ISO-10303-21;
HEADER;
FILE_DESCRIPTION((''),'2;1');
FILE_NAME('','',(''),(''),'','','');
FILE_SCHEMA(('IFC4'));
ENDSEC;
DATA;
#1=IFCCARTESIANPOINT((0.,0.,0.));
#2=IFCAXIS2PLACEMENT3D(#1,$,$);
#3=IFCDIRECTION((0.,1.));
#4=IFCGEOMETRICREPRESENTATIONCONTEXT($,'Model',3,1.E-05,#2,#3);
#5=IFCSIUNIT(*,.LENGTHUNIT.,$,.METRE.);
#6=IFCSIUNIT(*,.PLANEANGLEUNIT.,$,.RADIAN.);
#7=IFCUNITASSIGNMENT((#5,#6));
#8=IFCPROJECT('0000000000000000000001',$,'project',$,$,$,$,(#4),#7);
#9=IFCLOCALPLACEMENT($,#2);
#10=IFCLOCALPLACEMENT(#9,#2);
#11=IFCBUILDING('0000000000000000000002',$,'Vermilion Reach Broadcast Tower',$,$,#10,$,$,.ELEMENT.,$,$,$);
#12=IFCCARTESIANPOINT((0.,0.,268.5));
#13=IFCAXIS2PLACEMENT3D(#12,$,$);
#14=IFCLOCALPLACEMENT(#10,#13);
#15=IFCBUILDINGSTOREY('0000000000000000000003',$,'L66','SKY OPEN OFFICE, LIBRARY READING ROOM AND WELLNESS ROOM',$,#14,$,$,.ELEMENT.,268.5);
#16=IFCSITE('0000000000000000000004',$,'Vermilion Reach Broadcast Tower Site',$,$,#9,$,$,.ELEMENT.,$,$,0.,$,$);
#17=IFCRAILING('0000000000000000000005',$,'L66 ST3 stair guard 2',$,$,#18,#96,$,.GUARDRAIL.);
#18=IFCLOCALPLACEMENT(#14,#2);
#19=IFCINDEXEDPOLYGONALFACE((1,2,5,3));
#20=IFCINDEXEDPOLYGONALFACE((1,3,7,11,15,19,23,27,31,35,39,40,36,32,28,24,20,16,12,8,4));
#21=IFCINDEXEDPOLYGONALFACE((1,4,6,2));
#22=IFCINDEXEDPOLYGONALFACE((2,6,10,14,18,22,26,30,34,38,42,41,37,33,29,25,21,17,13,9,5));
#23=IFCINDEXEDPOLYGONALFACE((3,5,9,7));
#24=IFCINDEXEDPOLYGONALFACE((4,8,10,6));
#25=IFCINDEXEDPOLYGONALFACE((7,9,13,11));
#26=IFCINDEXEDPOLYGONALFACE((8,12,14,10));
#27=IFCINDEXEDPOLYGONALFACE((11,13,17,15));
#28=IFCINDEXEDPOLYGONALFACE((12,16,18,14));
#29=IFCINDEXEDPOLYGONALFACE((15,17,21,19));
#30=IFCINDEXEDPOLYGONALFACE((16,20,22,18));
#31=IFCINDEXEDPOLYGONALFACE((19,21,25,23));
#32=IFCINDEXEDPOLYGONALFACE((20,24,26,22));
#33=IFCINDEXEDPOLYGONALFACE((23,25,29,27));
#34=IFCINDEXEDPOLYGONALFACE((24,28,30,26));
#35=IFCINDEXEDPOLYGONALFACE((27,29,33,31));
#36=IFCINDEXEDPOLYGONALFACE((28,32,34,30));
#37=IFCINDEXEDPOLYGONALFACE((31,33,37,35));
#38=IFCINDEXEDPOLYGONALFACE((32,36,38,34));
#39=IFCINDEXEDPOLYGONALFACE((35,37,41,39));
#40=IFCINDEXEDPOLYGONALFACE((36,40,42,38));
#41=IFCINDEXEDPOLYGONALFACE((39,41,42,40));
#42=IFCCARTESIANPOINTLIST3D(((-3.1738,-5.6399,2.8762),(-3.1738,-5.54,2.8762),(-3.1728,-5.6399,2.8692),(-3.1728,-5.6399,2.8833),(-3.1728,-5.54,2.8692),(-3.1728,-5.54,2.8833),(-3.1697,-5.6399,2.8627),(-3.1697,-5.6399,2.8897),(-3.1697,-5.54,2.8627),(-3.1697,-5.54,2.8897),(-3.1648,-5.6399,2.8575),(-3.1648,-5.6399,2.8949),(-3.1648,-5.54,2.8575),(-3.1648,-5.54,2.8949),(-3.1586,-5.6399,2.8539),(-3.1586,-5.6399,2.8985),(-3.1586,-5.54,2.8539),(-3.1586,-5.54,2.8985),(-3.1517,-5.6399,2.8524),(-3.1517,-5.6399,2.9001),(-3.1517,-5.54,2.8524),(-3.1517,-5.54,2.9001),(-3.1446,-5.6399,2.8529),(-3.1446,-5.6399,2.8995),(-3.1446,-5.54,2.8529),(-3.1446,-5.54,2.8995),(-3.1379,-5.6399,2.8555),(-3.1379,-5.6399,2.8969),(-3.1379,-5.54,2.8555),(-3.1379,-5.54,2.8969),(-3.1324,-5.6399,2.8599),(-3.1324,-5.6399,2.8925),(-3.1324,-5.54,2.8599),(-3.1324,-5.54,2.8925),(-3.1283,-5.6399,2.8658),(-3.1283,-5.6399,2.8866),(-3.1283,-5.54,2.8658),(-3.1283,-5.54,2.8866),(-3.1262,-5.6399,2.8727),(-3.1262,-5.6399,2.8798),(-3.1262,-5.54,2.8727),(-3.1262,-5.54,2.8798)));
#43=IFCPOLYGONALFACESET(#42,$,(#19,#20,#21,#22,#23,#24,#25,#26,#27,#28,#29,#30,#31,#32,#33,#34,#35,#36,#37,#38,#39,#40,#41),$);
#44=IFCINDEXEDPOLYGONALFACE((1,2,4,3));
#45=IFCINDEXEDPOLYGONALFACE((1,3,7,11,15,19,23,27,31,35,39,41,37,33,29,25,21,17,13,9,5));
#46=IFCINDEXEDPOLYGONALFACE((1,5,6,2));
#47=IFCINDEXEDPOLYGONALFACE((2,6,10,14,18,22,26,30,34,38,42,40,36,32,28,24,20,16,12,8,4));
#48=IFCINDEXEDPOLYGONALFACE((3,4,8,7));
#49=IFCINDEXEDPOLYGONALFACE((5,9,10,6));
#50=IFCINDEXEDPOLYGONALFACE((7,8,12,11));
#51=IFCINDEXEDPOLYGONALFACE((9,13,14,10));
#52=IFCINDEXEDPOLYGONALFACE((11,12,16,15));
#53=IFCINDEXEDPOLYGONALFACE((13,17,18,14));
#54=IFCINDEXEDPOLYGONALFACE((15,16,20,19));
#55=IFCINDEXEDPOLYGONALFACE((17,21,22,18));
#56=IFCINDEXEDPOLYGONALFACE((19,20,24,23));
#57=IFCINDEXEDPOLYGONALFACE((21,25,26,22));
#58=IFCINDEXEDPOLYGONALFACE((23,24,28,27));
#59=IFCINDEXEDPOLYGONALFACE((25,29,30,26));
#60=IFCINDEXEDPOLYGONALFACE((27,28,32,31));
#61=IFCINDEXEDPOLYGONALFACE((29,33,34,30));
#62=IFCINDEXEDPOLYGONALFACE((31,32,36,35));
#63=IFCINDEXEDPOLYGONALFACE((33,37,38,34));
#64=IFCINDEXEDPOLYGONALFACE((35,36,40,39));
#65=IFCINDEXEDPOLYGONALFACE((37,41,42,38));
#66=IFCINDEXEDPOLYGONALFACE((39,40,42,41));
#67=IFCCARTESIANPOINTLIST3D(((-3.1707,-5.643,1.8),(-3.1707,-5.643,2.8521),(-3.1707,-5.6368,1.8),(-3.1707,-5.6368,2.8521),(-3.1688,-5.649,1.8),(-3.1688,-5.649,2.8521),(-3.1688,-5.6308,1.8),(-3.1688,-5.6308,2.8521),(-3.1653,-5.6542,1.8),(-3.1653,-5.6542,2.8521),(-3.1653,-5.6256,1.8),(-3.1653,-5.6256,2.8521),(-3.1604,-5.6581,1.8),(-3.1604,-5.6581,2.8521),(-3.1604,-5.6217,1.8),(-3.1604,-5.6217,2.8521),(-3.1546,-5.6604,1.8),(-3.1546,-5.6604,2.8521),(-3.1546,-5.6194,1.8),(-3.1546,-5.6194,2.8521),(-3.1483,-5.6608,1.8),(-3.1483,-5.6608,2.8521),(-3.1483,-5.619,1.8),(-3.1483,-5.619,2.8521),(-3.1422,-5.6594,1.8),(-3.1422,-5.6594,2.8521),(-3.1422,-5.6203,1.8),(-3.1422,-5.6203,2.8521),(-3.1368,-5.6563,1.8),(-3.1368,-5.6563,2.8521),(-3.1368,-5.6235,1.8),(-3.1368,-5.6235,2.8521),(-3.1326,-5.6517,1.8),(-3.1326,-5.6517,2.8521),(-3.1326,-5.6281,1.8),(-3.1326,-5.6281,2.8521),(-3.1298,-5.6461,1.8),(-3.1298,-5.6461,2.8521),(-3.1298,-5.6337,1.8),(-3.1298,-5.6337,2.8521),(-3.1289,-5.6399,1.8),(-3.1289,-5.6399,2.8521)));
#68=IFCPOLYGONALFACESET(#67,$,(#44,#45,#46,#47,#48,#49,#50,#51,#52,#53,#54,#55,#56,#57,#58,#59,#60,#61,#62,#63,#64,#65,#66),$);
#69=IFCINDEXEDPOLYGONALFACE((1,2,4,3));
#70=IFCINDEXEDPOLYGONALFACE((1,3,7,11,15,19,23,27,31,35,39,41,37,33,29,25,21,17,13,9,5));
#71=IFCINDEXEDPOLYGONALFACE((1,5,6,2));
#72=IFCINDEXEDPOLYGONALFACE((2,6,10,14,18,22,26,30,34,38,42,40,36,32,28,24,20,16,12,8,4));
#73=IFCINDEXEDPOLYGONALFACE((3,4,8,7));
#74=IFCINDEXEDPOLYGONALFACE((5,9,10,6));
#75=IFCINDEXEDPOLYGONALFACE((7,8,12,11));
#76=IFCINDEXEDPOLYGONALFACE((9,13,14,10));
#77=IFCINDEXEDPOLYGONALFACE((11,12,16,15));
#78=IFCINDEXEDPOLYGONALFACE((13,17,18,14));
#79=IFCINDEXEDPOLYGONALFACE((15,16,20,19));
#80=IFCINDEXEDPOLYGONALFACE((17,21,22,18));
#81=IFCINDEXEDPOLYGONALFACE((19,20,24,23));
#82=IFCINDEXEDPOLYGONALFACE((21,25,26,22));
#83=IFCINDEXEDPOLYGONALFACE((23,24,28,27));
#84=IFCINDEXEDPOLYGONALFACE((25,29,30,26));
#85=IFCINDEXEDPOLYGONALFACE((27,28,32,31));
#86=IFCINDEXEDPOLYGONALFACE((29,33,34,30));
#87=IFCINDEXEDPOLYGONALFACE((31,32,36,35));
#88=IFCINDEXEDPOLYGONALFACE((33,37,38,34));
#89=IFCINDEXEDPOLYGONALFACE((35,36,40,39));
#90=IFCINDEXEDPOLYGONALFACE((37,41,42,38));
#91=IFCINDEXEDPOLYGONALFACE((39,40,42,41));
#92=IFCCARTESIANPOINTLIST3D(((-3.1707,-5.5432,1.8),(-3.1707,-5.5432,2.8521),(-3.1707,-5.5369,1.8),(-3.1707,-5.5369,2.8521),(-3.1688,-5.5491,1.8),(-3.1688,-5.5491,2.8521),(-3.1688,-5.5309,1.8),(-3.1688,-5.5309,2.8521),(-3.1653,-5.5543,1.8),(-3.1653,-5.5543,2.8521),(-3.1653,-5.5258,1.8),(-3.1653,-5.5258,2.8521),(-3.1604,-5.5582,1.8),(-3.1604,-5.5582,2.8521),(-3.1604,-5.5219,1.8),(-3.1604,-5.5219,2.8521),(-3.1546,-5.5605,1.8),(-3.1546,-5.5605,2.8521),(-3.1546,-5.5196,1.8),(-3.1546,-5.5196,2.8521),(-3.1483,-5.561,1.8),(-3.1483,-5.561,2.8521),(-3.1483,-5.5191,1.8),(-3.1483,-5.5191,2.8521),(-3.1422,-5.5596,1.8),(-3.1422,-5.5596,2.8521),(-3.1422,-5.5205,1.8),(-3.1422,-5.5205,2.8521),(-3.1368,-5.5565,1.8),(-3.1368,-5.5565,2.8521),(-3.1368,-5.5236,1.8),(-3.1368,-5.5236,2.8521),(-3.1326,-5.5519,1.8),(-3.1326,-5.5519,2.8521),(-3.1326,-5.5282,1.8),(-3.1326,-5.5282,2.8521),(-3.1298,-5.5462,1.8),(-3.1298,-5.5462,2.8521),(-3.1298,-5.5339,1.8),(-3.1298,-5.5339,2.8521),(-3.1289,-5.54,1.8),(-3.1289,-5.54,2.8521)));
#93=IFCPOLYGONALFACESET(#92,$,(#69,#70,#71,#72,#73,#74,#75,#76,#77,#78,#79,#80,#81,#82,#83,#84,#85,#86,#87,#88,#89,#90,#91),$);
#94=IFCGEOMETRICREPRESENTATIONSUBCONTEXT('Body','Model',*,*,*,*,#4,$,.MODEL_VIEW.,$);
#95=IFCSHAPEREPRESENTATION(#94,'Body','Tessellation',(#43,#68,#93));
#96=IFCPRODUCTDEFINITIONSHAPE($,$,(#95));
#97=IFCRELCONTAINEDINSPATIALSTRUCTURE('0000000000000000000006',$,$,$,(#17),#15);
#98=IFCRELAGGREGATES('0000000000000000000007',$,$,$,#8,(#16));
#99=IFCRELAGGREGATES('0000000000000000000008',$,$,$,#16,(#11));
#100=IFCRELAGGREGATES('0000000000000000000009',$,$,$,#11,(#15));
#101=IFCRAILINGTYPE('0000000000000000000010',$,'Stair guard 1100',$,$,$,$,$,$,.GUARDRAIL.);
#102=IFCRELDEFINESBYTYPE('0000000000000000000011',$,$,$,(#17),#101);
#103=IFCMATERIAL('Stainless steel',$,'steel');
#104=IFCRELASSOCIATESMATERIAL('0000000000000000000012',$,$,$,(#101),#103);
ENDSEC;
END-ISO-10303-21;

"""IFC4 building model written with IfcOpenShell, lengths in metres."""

from ifc_helpers import new_model, si_unit, direction, frame, origin, origin_2d, place, context, subcontext, project, spatial, circle, extrude, material, type_object, element, save


model = new_model("IFC4")

# Units and contexts
model_context = context("Model", 3, precision=1e-05, world=origin(), true_north=direction((0.0, 1.0)))
body_context = subcontext(model_context, "Body", "Model", "MODEL_VIEW")
ifc_project = project(units=[si_unit("LENGTHUNIT", "METRE"), si_unit("PLANEANGLEUNIT", "RADIAN")], contexts=[model_context])

# Site, building, storey
site_placement = place(None, origin())
site = spatial("IfcSite", under=ifc_project, at=site_placement, Name="Vermilion Reach Broadcast Tower Site", CompositionType="ELEMENT", RefElevation=0.0)
building_placement = place(site_placement, origin())
building = spatial("IfcBuilding", under=site, at=building_placement, Name="Vermilion Reach Broadcast Tower", CompositionType="ELEMENT")
storey_placement = place(building_placement, frame((0.0, 0.0, 268.5)))
storey = spatial("IfcBuildingStorey", under=building, at=storey_placement, Name="L66", Description="SKY OPEN OFFICE, LIBRARY READING ROOM AND WELLNESS ROOM", CompositionType="ELEMENT", Elevation=268.5)

# Railing
ifc_material_1 = material(Name="Stainless steel", Category="steel")
railing_type_1 = type_object("IfcRailingType", Name="Stair guard 1100", PredefinedType="GUARDRAIL", material=ifc_material_1)
railing_1_placement = place(storey_placement, frame((-3.1499, -5.6399, 1.8)))
element("IfcRailing", 1, at=railing_1_placement, inside=storey, type_object=railing_type_1, Name="L66 ST3 stair guard 2", PredefinedType="GUARDRAIL", context=body_context, shape_type="SweptSolid", body=[
    extrude(circle(Radius=0.0239, at=origin_2d()), frame((0.0, 0.0, 1.0762), z_axis=(0.0, 1.0, 0.0), x_axis=(-1.0, 0.0, 0.0)), (0.0, 0.0, 1.0), 0.0999),
    extrude(circle(Radius=0.021, at=origin_2d()), origin(), (0.0, 0.0, 1.0), 1.052),
    extrude(circle(Radius=0.021, at=origin_2d()), frame((0.0, 0.0999, 0.0)), (0.0, 0.0, 1.0), 1.052),
])

save(model, "model.ifc")
